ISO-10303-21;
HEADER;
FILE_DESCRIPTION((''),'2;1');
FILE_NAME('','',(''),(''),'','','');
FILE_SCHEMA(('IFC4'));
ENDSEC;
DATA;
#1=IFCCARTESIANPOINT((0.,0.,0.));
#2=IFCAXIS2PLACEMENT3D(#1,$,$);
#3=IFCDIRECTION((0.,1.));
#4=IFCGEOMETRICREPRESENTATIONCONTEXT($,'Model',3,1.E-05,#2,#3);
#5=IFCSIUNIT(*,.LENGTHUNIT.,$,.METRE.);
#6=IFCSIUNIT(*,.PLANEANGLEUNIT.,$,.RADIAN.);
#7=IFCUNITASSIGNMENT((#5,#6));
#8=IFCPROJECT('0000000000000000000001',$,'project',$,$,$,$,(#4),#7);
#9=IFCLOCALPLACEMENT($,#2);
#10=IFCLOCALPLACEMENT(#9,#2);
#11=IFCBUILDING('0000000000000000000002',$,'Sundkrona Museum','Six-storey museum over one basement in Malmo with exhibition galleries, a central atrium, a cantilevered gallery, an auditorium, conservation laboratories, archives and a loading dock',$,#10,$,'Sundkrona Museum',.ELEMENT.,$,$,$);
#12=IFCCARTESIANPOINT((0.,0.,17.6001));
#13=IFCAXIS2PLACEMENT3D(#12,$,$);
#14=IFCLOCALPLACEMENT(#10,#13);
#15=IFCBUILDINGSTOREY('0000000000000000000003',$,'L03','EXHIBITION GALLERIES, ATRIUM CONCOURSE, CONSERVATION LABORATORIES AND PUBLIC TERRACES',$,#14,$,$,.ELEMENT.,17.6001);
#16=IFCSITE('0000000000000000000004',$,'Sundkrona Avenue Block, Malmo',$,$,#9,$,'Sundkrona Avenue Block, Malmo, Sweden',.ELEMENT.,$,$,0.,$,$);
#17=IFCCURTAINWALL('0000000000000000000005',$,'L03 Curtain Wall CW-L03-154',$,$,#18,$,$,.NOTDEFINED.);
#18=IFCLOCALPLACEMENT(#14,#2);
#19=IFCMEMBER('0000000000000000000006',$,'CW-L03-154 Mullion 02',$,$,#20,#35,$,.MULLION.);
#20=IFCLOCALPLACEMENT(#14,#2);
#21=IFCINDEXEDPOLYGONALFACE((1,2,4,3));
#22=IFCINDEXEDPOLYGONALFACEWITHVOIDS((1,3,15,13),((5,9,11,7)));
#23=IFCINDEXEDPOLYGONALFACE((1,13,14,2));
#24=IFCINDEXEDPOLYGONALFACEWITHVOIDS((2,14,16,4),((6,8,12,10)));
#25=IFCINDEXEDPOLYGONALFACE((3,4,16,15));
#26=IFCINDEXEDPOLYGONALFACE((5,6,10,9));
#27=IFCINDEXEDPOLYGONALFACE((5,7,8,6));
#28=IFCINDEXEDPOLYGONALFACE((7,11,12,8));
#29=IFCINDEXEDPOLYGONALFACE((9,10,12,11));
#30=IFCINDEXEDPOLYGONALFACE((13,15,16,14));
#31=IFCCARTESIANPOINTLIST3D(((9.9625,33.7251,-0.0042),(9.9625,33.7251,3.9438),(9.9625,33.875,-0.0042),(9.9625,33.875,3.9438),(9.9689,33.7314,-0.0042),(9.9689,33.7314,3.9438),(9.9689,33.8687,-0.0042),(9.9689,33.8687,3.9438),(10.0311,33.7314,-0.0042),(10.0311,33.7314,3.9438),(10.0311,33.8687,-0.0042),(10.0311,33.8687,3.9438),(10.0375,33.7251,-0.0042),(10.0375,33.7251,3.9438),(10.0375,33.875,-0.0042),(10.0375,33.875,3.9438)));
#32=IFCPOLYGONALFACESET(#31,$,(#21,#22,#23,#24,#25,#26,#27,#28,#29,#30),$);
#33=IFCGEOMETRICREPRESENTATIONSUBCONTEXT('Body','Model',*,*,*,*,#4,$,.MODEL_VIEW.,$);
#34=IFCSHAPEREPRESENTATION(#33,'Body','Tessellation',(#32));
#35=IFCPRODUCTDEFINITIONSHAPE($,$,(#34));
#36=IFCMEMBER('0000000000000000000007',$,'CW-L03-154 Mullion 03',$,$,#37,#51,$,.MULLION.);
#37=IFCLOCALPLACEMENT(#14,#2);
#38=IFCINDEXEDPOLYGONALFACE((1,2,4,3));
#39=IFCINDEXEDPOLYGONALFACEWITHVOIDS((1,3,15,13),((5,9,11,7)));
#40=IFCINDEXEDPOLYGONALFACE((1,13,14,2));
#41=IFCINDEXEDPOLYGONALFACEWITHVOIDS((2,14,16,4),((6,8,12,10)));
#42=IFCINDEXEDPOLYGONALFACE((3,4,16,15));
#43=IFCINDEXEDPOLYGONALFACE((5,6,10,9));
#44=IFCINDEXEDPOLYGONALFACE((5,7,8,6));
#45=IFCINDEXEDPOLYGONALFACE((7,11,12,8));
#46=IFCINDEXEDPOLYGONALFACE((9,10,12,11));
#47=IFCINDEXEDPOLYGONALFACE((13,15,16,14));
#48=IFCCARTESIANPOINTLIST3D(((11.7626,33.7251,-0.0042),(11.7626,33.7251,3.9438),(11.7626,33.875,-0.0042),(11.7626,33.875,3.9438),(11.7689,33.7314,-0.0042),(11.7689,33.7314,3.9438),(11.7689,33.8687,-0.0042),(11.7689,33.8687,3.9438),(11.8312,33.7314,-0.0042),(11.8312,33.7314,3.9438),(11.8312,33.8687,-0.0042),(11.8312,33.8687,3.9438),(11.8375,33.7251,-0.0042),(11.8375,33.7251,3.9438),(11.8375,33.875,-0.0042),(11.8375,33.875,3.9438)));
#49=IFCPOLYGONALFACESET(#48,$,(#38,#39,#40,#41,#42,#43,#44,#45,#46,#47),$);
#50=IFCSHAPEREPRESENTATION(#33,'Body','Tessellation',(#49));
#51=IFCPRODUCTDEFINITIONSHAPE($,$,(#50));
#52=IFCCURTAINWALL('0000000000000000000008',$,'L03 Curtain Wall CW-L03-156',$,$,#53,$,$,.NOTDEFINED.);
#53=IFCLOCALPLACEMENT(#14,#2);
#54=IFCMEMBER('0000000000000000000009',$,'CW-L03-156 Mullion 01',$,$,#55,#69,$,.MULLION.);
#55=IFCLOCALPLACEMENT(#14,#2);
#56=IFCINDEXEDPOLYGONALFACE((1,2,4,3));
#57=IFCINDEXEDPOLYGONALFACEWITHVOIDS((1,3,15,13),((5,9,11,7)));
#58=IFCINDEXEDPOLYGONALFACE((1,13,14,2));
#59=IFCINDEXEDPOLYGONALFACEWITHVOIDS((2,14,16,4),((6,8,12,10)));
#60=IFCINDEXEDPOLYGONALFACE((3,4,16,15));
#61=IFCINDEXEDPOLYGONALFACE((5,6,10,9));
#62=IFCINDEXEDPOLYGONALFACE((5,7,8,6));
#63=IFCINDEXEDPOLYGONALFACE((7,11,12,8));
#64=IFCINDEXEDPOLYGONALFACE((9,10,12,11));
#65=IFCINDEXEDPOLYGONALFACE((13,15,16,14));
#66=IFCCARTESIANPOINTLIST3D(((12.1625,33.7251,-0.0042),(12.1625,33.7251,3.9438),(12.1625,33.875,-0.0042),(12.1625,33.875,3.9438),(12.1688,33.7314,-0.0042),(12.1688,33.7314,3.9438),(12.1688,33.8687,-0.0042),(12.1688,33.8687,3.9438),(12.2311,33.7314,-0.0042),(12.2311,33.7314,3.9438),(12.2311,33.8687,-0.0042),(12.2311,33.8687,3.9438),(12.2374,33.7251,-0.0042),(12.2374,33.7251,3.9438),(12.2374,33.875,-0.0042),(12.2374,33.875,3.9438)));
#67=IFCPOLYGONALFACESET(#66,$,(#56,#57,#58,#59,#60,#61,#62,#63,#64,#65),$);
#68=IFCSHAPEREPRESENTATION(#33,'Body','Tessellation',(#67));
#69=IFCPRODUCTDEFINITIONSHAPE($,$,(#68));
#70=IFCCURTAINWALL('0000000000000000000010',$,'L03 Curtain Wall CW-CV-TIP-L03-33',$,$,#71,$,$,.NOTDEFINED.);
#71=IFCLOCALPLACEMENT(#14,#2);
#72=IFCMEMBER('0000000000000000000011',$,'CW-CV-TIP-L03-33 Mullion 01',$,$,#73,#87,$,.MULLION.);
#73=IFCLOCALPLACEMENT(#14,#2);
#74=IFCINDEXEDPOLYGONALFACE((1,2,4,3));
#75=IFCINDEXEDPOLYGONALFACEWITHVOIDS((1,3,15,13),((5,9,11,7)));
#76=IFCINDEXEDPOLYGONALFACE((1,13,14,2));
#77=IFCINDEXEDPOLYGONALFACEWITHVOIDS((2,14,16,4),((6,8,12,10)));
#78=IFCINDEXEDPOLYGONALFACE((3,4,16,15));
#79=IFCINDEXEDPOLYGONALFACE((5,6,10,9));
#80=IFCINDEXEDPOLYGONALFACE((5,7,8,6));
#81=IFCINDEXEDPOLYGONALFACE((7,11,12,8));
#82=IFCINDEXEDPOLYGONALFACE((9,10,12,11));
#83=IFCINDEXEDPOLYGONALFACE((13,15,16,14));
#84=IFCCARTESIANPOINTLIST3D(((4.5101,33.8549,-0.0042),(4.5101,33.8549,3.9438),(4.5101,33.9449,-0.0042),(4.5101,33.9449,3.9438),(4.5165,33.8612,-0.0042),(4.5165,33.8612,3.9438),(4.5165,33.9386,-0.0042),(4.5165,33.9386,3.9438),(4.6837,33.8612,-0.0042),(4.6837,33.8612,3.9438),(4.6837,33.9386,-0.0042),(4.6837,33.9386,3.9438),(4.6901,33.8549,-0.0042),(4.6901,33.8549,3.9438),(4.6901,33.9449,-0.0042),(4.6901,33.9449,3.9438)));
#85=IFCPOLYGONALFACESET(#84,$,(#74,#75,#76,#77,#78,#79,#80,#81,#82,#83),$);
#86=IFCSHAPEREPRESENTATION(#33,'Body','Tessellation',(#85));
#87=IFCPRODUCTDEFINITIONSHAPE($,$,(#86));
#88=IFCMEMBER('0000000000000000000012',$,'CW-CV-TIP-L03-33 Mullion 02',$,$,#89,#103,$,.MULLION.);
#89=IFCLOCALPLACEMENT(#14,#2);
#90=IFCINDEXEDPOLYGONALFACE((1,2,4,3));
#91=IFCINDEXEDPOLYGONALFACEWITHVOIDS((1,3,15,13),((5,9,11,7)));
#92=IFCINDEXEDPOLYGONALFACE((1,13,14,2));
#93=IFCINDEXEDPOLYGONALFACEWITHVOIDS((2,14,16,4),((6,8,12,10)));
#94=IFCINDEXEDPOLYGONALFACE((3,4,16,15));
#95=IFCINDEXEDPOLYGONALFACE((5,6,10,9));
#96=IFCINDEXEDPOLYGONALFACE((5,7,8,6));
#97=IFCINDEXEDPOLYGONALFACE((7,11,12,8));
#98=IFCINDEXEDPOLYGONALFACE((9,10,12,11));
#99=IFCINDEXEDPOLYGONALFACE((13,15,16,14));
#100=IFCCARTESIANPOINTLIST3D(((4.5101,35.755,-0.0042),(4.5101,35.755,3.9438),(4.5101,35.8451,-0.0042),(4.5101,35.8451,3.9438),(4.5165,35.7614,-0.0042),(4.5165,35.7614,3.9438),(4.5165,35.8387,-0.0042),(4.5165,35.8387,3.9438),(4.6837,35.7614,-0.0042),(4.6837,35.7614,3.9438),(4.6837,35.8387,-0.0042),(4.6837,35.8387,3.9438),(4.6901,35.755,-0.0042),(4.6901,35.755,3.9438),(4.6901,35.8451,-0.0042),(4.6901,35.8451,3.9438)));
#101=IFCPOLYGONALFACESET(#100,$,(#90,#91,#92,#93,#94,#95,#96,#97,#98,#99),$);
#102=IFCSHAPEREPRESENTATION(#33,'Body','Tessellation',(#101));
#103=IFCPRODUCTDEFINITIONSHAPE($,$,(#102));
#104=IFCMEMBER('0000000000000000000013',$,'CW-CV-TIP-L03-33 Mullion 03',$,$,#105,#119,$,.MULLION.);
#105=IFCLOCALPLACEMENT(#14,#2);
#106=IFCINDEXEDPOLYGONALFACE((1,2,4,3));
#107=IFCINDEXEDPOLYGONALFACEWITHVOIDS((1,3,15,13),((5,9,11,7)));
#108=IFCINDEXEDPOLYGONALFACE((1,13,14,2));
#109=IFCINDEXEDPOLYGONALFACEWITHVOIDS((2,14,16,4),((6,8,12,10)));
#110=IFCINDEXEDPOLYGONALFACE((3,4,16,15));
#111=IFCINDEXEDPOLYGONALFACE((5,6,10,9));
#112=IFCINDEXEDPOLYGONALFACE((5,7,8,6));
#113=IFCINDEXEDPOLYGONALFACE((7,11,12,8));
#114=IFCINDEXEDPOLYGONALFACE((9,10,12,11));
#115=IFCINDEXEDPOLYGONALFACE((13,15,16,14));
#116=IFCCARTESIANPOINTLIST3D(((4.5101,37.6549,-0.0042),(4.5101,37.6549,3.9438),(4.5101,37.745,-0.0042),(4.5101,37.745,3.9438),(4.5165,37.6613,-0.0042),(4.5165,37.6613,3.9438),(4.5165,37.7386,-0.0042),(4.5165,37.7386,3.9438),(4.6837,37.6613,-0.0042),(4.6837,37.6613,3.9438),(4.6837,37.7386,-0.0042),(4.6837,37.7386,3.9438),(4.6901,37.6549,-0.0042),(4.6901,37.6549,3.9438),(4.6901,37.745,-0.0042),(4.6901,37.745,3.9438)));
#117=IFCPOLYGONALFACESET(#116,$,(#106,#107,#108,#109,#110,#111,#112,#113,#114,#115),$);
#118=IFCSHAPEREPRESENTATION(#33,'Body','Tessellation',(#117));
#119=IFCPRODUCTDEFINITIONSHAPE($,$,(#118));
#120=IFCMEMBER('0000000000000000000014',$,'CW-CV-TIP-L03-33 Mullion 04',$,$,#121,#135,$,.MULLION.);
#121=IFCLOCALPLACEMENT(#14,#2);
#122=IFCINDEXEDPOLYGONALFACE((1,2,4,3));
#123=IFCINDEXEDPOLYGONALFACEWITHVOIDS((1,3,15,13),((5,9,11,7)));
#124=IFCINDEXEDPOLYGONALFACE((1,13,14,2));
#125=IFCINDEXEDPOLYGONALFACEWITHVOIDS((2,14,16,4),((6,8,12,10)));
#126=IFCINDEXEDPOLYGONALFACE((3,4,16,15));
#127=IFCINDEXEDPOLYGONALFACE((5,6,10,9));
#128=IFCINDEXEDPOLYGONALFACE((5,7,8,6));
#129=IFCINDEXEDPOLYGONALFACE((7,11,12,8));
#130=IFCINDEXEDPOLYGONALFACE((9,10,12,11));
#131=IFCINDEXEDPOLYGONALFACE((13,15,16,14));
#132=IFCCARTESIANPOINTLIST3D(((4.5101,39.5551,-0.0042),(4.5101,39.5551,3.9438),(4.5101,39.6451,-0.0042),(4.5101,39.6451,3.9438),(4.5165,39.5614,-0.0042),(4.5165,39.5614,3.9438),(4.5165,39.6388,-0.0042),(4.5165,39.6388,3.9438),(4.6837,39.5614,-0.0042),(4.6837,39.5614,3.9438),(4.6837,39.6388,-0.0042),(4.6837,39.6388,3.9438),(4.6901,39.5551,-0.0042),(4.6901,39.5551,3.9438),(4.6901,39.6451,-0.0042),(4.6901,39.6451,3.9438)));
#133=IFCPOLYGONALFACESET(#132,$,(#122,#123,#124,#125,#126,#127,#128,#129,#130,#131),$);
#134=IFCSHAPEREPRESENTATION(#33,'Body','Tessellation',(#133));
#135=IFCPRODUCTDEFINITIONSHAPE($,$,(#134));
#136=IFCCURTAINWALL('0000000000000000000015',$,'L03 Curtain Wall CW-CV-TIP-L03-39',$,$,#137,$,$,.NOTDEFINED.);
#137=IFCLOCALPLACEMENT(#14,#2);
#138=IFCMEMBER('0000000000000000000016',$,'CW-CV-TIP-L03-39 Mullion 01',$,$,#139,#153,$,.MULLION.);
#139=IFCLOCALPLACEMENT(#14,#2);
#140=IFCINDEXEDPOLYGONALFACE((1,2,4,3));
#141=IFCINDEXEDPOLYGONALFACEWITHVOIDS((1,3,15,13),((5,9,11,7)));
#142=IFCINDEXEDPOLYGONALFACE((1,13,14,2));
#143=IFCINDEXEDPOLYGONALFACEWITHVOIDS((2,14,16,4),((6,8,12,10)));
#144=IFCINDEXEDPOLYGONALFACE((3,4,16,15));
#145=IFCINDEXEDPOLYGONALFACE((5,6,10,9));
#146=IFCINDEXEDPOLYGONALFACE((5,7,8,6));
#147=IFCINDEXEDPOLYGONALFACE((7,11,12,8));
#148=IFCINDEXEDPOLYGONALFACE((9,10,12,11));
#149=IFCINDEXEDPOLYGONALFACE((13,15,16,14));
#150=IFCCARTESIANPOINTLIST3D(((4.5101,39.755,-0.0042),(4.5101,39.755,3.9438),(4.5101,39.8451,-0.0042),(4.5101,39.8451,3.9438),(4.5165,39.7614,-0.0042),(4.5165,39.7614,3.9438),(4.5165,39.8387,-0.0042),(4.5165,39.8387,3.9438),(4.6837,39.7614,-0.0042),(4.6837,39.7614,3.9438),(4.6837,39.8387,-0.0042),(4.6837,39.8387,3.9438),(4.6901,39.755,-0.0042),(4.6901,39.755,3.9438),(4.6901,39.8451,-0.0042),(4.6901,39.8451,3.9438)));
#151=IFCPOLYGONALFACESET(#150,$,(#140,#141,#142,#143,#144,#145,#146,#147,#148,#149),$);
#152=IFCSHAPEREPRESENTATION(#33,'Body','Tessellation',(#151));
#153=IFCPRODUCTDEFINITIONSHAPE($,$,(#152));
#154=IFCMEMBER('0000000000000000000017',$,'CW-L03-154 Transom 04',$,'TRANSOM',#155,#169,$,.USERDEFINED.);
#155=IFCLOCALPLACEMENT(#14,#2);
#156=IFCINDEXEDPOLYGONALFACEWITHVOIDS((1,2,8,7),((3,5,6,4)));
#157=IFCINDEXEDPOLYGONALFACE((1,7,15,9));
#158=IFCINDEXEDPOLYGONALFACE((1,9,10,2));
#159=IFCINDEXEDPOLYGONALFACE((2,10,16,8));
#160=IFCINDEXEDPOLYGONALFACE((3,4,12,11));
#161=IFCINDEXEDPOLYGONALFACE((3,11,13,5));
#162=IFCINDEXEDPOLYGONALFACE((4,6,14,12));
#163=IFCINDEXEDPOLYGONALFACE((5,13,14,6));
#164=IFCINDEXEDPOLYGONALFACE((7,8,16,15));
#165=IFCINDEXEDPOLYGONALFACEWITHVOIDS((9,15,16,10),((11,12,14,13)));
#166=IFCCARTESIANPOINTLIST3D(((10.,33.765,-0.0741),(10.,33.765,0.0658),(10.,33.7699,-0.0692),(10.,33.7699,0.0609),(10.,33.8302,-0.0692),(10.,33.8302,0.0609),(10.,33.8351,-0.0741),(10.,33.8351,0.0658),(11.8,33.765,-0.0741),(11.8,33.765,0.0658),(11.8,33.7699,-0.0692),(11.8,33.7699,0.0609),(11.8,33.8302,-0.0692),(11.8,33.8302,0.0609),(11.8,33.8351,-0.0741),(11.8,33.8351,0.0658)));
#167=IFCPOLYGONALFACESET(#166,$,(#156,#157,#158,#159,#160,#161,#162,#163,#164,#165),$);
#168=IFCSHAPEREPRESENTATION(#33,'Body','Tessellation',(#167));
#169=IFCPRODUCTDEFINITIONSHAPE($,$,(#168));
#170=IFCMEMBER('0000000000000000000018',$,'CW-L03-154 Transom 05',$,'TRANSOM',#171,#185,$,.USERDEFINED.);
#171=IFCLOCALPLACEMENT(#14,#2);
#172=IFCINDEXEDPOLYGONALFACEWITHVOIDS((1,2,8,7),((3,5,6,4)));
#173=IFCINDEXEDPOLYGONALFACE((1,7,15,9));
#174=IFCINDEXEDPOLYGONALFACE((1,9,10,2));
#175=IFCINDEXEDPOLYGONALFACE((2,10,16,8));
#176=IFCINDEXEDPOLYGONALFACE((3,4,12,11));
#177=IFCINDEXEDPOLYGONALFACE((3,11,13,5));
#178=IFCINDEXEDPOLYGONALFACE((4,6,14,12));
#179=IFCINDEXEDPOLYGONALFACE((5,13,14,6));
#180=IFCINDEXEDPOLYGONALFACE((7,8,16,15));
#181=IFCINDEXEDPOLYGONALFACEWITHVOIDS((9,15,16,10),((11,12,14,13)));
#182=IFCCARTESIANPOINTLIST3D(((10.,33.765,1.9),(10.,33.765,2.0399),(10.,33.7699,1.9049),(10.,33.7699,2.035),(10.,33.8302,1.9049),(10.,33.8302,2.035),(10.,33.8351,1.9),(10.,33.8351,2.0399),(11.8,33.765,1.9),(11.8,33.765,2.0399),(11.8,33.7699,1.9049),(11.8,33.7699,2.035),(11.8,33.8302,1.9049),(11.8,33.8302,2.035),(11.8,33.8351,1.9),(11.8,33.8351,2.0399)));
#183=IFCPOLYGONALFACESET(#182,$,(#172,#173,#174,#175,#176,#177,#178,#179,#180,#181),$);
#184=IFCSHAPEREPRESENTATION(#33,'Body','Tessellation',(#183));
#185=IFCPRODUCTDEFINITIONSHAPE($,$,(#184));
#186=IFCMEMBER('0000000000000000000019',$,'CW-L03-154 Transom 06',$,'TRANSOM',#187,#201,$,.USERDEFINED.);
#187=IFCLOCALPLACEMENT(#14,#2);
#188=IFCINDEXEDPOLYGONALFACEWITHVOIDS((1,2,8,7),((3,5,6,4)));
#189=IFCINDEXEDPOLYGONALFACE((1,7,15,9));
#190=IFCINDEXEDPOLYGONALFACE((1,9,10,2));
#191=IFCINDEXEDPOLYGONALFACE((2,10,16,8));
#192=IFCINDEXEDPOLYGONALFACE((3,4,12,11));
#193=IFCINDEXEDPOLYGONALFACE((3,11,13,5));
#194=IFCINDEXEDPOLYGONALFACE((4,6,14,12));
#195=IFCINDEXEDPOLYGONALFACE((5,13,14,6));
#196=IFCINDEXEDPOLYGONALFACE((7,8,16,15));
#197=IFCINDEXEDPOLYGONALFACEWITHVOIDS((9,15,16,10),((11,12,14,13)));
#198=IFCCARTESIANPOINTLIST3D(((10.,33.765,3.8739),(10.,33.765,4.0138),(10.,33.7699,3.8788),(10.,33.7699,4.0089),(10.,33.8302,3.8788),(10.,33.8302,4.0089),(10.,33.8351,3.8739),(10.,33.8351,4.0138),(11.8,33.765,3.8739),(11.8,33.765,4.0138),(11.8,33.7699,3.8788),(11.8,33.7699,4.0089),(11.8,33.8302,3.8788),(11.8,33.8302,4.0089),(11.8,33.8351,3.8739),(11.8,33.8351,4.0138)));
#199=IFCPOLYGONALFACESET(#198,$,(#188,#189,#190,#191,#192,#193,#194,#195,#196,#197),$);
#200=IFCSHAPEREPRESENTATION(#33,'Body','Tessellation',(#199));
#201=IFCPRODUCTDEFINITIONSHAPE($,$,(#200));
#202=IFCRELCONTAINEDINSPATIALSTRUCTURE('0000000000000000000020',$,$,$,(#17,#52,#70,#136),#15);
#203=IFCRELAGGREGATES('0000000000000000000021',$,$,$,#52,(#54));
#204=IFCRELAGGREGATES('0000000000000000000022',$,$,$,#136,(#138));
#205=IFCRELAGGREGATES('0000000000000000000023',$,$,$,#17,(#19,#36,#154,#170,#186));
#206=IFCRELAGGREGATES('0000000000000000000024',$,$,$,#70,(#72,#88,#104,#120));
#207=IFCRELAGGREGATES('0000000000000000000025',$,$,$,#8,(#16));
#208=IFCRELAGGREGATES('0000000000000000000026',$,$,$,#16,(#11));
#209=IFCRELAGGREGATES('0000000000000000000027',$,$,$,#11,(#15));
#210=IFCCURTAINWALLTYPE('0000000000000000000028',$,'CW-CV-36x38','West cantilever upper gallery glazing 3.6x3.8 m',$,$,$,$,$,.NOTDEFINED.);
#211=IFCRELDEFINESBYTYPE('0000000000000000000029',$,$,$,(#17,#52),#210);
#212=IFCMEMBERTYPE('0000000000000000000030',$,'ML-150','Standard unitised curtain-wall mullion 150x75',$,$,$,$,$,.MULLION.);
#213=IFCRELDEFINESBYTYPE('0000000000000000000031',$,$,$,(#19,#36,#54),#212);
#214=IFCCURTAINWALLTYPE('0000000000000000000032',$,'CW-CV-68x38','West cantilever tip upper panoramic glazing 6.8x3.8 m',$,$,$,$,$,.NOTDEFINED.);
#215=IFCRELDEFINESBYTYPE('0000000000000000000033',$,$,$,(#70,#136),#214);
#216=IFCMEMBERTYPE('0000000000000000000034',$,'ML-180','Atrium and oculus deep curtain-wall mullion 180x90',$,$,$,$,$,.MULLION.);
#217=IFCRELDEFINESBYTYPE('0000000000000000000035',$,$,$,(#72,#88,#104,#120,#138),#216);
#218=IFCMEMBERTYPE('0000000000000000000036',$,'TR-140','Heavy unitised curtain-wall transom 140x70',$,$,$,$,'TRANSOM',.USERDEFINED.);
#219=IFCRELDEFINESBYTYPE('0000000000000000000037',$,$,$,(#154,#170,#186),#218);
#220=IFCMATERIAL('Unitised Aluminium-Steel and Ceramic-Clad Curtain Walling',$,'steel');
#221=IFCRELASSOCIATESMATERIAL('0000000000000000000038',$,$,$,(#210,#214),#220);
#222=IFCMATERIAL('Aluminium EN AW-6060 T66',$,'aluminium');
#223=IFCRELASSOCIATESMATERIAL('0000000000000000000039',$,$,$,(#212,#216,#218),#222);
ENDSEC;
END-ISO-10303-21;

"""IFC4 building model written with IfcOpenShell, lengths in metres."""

from ifc_helpers import new_model, si_unit, direction, frame, origin, origin_2d, place, context, subcontext, project, spatial, hollow_rectangle, extrude, material, material_profile, profile_set, type_object, element, aggregate, save


model = new_model("IFC4")

# Units and contexts
model_context = context("Model", 3, precision=1e-05, world=origin(), true_north=direction((0.0, 1.0)))
body_context = subcontext(model_context, "Body", "Model", "MODEL_VIEW")
ifc_project = project(units=[si_unit("LENGTHUNIT", "METRE"), si_unit("PLANEANGLEUNIT", "RADIAN")], contexts=[model_context])

# Site, building, storey
site_placement = place(None, origin())
site = spatial("IfcSite", under=ifc_project, at=site_placement, Name="Sundkrona Avenue Block, Malmo", LongName="Sundkrona Avenue Block, Malmo, Sweden", CompositionType="ELEMENT", RefElevation=0.0)
building_placement = place(site_placement, origin())
building = spatial("IfcBuilding", under=site, at=building_placement, Name="Sundkrona Museum", Description="Six-storey museum over one basement in Malmo with exhibition galleries, a central atrium, a cantilevered gallery, an auditorium, conservation laboratories, archives and a loading dock", LongName="Sundkrona Museum", CompositionType="ELEMENT")
storey_placement = place(building_placement, frame((0.0, 0.0, 17.6001)))
storey = spatial("IfcBuildingStorey", under=building, at=storey_placement, Name="L03", Description="EXHIBITION GALLERIES, ATRIUM CONCOURSE, CONSERVATION LABORATORIES AND PUBLIC TERRACES", CompositionType="ELEMENT", Elevation=17.6001)

# Curtain wall, members
ifc_material_1 = material(Name="Unitised Aluminium-Steel and Ceramic-Clad Curtain Walling", Category="steel")
curtain_wall_type_1 = type_object("IfcCurtainWallType", Name="CW-CV-36x38", Description="West cantilever upper gallery glazing 3.6x3.8 m", PredefinedType="NOTDEFINED", material=ifc_material_1)
curtain_wall_1_placement = place(storey_placement, origin())
curtain_wall_1 = element("IfcCurtainWall", 1, at=curtain_wall_1_placement, inside=storey, type_object=curtain_wall_type_1, Name="L03 Curtain Wall CW-L03-154", PredefinedType="NOTDEFINED")
ifc_material_2 = material(Name="Aluminium EN AW-6060 T66", Category="aluminium")
ifc_material_profile_1 = material_profile(ifc_material_2, hollow_rectangle(XDim=0.075, YDim=0.1499, WallThickness=0.0063, at=origin_2d()), Name="RHS 150x75x6.3")
ifc_profile_set_1 = profile_set([ifc_material_profile_1], Name="Aluminium EN AW-6060 T66")
member_type_1 = type_object("IfcMemberType", Name="ML-150", Description="Standard unitised curtain-wall mullion 150x75", PredefinedType="MULLION", material=ifc_profile_set_1)
member_1_placement = place(storey_placement, frame((10.0, 33.8, -0.0042), z_axis=(0.0, 0.0, 1.0), x_axis=(1.0, 0.0, 0.0)))
member_1 = element("IfcMember", 2, at=member_1_placement, type_object=member_type_1, Name="CW-L03-154 Mullion 02", PredefinedType="MULLION", context=body_context, shape_type="SweptSolid", body=[
    extrude(hollow_rectangle(XDim=0.075, YDim=0.1499, WallThickness=0.0063, at=origin_2d()), origin(), (0.0, 0.0, 1.0), 3.948),
])
member_2_placement = place(storey_placement, frame((11.8, 33.8, -0.0042), z_axis=(0.0, 0.0, 1.0), x_axis=(1.0, 0.0, 0.0)))
member_2 = element("IfcMember", 3, at=member_2_placement, type_object=member_type_1, Name="CW-L03-154 Mullion 03", PredefinedType="MULLION", context=body_context, shape_type="SweptSolid", body=[
    extrude(hollow_rectangle(XDim=0.075, YDim=0.1499, WallThickness=0.0063, at=origin_2d()), origin(), (0.0, 0.0, 1.0), 3.948),
])

# Curtain wall, member
curtain_wall_2_placement = place(storey_placement, origin())
curtain_wall_2 = element("IfcCurtainWall", 4, at=curtain_wall_2_placement, inside=storey, type_object=curtain_wall_type_1, Name="L03 Curtain Wall CW-L03-156", PredefinedType="NOTDEFINED")
member_3_placement = place(storey_placement, frame((12.2, 33.8, -0.0042), z_axis=(0.0, 0.0, 1.0), x_axis=(1.0, 0.0, 0.0)))
member_3 = element("IfcMember", 5, at=member_3_placement, type_object=member_type_1, Name="CW-L03-156 Mullion 01", PredefinedType="MULLION", context=body_context, shape_type="SweptSolid", body=[
    extrude(hollow_rectangle(XDim=0.075, YDim=0.1499, WallThickness=0.0063, at=origin_2d()), origin(), (0.0, 0.0, 1.0), 3.948),
])

# Curtain wall, members
curtain_wall_type_2 = type_object("IfcCurtainWallType", Name="CW-CV-68x38", Description="West cantilever tip upper panoramic glazing 6.8x3.8 m", PredefinedType="NOTDEFINED", material=ifc_material_1)
curtain_wall_3_placement = place(storey_placement, origin())
curtain_wall_3 = element("IfcCurtainWall", 6, at=curtain_wall_3_placement, inside=storey, type_object=curtain_wall_type_2, Name="L03 Curtain Wall CW-CV-TIP-L03-33", PredefinedType="NOTDEFINED")
ifc_material_profile_2 = material_profile(ifc_material_2, hollow_rectangle(XDim=0.0901, YDim=0.1799, WallThickness=0.0063, at=origin_2d()), Name="RHS 180x90x6.3")
ifc_profile_set_2 = profile_set([ifc_material_profile_2], Name="Aluminium EN AW-6060 T66")
member_type_2 = type_object("IfcMemberType", Name="ML-180", Description="Atrium and oculus deep curtain-wall mullion 180x90", PredefinedType="MULLION", material=ifc_profile_set_2)
member_4_placement = place(storey_placement, frame((4.6001, 33.8999, -0.0042), z_axis=(0.0, 0.0, 1.0), x_axis=(0.0, 1.0, 0.0)))
member_4 = element("IfcMember", 7, at=member_4_placement, type_object=member_type_2, Name="CW-CV-TIP-L03-33 Mullion 01", PredefinedType="MULLION", context=body_context, shape_type="SweptSolid", body=[
    extrude(hollow_rectangle(XDim=0.0901, YDim=0.1799, WallThickness=0.0063, at=origin_2d()), origin(), (0.0, 0.0, 1.0), 3.948),
])
member_5_placement = place(storey_placement, frame((4.6001, 35.8, -0.0042), z_axis=(0.0, 0.0, 1.0), x_axis=(0.0, 1.0, 0.0)))
member_5 = element("IfcMember", 8, at=member_5_placement, type_object=member_type_2, Name="CW-CV-TIP-L03-33 Mullion 02", PredefinedType="MULLION", context=body_context, shape_type="SweptSolid", body=[
    extrude(hollow_rectangle(XDim=0.0901, YDim=0.1799, WallThickness=0.0063, at=origin_2d()), origin(), (0.0, 0.0, 1.0), 3.948),
])
member_6_placement = place(storey_placement, frame((4.6001, 37.7, -0.0042), z_axis=(0.0, 0.0, 1.0), x_axis=(0.0, 1.0, 0.0)))
member_6 = element("IfcMember", 9, at=member_6_placement, type_object=member_type_2, Name="CW-CV-TIP-L03-33 Mullion 03", PredefinedType="MULLION", context=body_context, shape_type="SweptSolid", body=[
    extrude(hollow_rectangle(XDim=0.0901, YDim=0.1799, WallThickness=0.0063, at=origin_2d()), origin(), (0.0, 0.0, 1.0), 3.948),
])
member_7_placement = place(storey_placement, frame((4.6001, 39.6001, -0.0042), z_axis=(0.0, 0.0, 1.0), x_axis=(0.0, 1.0, 0.0)))
member_7 = element("IfcMember", 10, at=member_7_placement, type_object=member_type_2, Name="CW-CV-TIP-L03-33 Mullion 04", PredefinedType="MULLION", context=body_context, shape_type="SweptSolid", body=[
    extrude(hollow_rectangle(XDim=0.0901, YDim=0.1799, WallThickness=0.0063, at=origin_2d()), origin(), (0.0, 0.0, 1.0), 3.948),
])

# Curtain wall, member
curtain_wall_4_placement = place(storey_placement, origin())
curtain_wall_4 = element("IfcCurtainWall", 11, at=curtain_wall_4_placement, inside=storey, type_object=curtain_wall_type_2, Name="L03 Curtain Wall CW-CV-TIP-L03-39", PredefinedType="NOTDEFINED")
member_8_placement = place(storey_placement, frame((4.6001, 39.8, -0.0042), z_axis=(0.0, 0.0, 1.0), x_axis=(0.0, 1.0, 0.0)))
member_8 = element("IfcMember", 12, at=member_8_placement, type_object=member_type_2, Name="CW-CV-TIP-L03-39 Mullion 01", PredefinedType="MULLION", context=body_context, shape_type="SweptSolid", body=[
    extrude(hollow_rectangle(XDim=0.0901, YDim=0.1799, WallThickness=0.0063, at=origin_2d()), origin(), (0.0, 0.0, 1.0), 3.948),
])

# Members
ifc_material_profile_3 = material_profile(ifc_material_2, hollow_rectangle(XDim=0.0701, YDim=0.1399, WallThickness=0.0049, at=origin_2d()), Name="RHS 140x70x5.0")
ifc_profile_set_3 = profile_set([ifc_material_profile_3], Name="Aluminium EN AW-6060 T66")
member_type_3 = type_object("IfcMemberType", Name="TR-140", Description="Heavy unitised curtain-wall transom 140x70", ElementType="TRANSOM", PredefinedType="USERDEFINED", material=ifc_profile_set_3)
member_9_placement = place(storey_placement, frame((10.0, 33.8, -0.0042), z_axis=(1.0, 0.0, 0.0), x_axis=(0.0, 1.0, 0.0)))
member_9 = element("IfcMember", 13, at=member_9_placement, type_object=member_type_3, Name="CW-L03-154 Transom 04", ObjectType="TRANSOM", PredefinedType="USERDEFINED", context=body_context, shape_type="SweptSolid", body=[
    extrude(hollow_rectangle(XDim=0.0701, YDim=0.1399, WallThickness=0.0049, at=origin_2d()), origin(), (0.0, 0.0, 1.0), 1.8),
])
member_10_placement = place(storey_placement, frame((10.0, 33.8, 1.97), z_axis=(1.0, 0.0, 0.0), x_axis=(0.0, 1.0, 0.0)))
member_10 = element("IfcMember", 14, at=member_10_placement, type_object=member_type_3, Name="CW-L03-154 Transom 05", ObjectType="TRANSOM", PredefinedType="USERDEFINED", context=body_context, shape_type="SweptSolid", body=[
    extrude(hollow_rectangle(XDim=0.0701, YDim=0.1399, WallThickness=0.0049, at=origin_2d()), origin(), (0.0, 0.0, 1.0), 1.8),
])
member_11_placement = place(storey_placement, frame((10.0, 33.8, 3.9438), z_axis=(1.0, 0.0, 0.0), x_axis=(0.0, 1.0, 0.0)))
member_11 = element("IfcMember", 15, at=member_11_placement, type_object=member_type_3, Name="CW-L03-154 Transom 06", ObjectType="TRANSOM", PredefinedType="USERDEFINED", context=body_context, shape_type="SweptSolid", body=[
    extrude(hollow_rectangle(XDim=0.0701, YDim=0.1399, WallThickness=0.0049, at=origin_2d()), origin(), (0.0, 0.0, 1.0), 1.8),
])
aggregate(curtain_wall_2, [member_3])
aggregate(curtain_wall_4, [member_8])

aggregate(curtain_wall_1, [member_1, member_2, member_9, member_10, member_11])
aggregate(curtain_wall_3, [member_4, member_5, member_6, member_7])

save(model, "model.ifc")
